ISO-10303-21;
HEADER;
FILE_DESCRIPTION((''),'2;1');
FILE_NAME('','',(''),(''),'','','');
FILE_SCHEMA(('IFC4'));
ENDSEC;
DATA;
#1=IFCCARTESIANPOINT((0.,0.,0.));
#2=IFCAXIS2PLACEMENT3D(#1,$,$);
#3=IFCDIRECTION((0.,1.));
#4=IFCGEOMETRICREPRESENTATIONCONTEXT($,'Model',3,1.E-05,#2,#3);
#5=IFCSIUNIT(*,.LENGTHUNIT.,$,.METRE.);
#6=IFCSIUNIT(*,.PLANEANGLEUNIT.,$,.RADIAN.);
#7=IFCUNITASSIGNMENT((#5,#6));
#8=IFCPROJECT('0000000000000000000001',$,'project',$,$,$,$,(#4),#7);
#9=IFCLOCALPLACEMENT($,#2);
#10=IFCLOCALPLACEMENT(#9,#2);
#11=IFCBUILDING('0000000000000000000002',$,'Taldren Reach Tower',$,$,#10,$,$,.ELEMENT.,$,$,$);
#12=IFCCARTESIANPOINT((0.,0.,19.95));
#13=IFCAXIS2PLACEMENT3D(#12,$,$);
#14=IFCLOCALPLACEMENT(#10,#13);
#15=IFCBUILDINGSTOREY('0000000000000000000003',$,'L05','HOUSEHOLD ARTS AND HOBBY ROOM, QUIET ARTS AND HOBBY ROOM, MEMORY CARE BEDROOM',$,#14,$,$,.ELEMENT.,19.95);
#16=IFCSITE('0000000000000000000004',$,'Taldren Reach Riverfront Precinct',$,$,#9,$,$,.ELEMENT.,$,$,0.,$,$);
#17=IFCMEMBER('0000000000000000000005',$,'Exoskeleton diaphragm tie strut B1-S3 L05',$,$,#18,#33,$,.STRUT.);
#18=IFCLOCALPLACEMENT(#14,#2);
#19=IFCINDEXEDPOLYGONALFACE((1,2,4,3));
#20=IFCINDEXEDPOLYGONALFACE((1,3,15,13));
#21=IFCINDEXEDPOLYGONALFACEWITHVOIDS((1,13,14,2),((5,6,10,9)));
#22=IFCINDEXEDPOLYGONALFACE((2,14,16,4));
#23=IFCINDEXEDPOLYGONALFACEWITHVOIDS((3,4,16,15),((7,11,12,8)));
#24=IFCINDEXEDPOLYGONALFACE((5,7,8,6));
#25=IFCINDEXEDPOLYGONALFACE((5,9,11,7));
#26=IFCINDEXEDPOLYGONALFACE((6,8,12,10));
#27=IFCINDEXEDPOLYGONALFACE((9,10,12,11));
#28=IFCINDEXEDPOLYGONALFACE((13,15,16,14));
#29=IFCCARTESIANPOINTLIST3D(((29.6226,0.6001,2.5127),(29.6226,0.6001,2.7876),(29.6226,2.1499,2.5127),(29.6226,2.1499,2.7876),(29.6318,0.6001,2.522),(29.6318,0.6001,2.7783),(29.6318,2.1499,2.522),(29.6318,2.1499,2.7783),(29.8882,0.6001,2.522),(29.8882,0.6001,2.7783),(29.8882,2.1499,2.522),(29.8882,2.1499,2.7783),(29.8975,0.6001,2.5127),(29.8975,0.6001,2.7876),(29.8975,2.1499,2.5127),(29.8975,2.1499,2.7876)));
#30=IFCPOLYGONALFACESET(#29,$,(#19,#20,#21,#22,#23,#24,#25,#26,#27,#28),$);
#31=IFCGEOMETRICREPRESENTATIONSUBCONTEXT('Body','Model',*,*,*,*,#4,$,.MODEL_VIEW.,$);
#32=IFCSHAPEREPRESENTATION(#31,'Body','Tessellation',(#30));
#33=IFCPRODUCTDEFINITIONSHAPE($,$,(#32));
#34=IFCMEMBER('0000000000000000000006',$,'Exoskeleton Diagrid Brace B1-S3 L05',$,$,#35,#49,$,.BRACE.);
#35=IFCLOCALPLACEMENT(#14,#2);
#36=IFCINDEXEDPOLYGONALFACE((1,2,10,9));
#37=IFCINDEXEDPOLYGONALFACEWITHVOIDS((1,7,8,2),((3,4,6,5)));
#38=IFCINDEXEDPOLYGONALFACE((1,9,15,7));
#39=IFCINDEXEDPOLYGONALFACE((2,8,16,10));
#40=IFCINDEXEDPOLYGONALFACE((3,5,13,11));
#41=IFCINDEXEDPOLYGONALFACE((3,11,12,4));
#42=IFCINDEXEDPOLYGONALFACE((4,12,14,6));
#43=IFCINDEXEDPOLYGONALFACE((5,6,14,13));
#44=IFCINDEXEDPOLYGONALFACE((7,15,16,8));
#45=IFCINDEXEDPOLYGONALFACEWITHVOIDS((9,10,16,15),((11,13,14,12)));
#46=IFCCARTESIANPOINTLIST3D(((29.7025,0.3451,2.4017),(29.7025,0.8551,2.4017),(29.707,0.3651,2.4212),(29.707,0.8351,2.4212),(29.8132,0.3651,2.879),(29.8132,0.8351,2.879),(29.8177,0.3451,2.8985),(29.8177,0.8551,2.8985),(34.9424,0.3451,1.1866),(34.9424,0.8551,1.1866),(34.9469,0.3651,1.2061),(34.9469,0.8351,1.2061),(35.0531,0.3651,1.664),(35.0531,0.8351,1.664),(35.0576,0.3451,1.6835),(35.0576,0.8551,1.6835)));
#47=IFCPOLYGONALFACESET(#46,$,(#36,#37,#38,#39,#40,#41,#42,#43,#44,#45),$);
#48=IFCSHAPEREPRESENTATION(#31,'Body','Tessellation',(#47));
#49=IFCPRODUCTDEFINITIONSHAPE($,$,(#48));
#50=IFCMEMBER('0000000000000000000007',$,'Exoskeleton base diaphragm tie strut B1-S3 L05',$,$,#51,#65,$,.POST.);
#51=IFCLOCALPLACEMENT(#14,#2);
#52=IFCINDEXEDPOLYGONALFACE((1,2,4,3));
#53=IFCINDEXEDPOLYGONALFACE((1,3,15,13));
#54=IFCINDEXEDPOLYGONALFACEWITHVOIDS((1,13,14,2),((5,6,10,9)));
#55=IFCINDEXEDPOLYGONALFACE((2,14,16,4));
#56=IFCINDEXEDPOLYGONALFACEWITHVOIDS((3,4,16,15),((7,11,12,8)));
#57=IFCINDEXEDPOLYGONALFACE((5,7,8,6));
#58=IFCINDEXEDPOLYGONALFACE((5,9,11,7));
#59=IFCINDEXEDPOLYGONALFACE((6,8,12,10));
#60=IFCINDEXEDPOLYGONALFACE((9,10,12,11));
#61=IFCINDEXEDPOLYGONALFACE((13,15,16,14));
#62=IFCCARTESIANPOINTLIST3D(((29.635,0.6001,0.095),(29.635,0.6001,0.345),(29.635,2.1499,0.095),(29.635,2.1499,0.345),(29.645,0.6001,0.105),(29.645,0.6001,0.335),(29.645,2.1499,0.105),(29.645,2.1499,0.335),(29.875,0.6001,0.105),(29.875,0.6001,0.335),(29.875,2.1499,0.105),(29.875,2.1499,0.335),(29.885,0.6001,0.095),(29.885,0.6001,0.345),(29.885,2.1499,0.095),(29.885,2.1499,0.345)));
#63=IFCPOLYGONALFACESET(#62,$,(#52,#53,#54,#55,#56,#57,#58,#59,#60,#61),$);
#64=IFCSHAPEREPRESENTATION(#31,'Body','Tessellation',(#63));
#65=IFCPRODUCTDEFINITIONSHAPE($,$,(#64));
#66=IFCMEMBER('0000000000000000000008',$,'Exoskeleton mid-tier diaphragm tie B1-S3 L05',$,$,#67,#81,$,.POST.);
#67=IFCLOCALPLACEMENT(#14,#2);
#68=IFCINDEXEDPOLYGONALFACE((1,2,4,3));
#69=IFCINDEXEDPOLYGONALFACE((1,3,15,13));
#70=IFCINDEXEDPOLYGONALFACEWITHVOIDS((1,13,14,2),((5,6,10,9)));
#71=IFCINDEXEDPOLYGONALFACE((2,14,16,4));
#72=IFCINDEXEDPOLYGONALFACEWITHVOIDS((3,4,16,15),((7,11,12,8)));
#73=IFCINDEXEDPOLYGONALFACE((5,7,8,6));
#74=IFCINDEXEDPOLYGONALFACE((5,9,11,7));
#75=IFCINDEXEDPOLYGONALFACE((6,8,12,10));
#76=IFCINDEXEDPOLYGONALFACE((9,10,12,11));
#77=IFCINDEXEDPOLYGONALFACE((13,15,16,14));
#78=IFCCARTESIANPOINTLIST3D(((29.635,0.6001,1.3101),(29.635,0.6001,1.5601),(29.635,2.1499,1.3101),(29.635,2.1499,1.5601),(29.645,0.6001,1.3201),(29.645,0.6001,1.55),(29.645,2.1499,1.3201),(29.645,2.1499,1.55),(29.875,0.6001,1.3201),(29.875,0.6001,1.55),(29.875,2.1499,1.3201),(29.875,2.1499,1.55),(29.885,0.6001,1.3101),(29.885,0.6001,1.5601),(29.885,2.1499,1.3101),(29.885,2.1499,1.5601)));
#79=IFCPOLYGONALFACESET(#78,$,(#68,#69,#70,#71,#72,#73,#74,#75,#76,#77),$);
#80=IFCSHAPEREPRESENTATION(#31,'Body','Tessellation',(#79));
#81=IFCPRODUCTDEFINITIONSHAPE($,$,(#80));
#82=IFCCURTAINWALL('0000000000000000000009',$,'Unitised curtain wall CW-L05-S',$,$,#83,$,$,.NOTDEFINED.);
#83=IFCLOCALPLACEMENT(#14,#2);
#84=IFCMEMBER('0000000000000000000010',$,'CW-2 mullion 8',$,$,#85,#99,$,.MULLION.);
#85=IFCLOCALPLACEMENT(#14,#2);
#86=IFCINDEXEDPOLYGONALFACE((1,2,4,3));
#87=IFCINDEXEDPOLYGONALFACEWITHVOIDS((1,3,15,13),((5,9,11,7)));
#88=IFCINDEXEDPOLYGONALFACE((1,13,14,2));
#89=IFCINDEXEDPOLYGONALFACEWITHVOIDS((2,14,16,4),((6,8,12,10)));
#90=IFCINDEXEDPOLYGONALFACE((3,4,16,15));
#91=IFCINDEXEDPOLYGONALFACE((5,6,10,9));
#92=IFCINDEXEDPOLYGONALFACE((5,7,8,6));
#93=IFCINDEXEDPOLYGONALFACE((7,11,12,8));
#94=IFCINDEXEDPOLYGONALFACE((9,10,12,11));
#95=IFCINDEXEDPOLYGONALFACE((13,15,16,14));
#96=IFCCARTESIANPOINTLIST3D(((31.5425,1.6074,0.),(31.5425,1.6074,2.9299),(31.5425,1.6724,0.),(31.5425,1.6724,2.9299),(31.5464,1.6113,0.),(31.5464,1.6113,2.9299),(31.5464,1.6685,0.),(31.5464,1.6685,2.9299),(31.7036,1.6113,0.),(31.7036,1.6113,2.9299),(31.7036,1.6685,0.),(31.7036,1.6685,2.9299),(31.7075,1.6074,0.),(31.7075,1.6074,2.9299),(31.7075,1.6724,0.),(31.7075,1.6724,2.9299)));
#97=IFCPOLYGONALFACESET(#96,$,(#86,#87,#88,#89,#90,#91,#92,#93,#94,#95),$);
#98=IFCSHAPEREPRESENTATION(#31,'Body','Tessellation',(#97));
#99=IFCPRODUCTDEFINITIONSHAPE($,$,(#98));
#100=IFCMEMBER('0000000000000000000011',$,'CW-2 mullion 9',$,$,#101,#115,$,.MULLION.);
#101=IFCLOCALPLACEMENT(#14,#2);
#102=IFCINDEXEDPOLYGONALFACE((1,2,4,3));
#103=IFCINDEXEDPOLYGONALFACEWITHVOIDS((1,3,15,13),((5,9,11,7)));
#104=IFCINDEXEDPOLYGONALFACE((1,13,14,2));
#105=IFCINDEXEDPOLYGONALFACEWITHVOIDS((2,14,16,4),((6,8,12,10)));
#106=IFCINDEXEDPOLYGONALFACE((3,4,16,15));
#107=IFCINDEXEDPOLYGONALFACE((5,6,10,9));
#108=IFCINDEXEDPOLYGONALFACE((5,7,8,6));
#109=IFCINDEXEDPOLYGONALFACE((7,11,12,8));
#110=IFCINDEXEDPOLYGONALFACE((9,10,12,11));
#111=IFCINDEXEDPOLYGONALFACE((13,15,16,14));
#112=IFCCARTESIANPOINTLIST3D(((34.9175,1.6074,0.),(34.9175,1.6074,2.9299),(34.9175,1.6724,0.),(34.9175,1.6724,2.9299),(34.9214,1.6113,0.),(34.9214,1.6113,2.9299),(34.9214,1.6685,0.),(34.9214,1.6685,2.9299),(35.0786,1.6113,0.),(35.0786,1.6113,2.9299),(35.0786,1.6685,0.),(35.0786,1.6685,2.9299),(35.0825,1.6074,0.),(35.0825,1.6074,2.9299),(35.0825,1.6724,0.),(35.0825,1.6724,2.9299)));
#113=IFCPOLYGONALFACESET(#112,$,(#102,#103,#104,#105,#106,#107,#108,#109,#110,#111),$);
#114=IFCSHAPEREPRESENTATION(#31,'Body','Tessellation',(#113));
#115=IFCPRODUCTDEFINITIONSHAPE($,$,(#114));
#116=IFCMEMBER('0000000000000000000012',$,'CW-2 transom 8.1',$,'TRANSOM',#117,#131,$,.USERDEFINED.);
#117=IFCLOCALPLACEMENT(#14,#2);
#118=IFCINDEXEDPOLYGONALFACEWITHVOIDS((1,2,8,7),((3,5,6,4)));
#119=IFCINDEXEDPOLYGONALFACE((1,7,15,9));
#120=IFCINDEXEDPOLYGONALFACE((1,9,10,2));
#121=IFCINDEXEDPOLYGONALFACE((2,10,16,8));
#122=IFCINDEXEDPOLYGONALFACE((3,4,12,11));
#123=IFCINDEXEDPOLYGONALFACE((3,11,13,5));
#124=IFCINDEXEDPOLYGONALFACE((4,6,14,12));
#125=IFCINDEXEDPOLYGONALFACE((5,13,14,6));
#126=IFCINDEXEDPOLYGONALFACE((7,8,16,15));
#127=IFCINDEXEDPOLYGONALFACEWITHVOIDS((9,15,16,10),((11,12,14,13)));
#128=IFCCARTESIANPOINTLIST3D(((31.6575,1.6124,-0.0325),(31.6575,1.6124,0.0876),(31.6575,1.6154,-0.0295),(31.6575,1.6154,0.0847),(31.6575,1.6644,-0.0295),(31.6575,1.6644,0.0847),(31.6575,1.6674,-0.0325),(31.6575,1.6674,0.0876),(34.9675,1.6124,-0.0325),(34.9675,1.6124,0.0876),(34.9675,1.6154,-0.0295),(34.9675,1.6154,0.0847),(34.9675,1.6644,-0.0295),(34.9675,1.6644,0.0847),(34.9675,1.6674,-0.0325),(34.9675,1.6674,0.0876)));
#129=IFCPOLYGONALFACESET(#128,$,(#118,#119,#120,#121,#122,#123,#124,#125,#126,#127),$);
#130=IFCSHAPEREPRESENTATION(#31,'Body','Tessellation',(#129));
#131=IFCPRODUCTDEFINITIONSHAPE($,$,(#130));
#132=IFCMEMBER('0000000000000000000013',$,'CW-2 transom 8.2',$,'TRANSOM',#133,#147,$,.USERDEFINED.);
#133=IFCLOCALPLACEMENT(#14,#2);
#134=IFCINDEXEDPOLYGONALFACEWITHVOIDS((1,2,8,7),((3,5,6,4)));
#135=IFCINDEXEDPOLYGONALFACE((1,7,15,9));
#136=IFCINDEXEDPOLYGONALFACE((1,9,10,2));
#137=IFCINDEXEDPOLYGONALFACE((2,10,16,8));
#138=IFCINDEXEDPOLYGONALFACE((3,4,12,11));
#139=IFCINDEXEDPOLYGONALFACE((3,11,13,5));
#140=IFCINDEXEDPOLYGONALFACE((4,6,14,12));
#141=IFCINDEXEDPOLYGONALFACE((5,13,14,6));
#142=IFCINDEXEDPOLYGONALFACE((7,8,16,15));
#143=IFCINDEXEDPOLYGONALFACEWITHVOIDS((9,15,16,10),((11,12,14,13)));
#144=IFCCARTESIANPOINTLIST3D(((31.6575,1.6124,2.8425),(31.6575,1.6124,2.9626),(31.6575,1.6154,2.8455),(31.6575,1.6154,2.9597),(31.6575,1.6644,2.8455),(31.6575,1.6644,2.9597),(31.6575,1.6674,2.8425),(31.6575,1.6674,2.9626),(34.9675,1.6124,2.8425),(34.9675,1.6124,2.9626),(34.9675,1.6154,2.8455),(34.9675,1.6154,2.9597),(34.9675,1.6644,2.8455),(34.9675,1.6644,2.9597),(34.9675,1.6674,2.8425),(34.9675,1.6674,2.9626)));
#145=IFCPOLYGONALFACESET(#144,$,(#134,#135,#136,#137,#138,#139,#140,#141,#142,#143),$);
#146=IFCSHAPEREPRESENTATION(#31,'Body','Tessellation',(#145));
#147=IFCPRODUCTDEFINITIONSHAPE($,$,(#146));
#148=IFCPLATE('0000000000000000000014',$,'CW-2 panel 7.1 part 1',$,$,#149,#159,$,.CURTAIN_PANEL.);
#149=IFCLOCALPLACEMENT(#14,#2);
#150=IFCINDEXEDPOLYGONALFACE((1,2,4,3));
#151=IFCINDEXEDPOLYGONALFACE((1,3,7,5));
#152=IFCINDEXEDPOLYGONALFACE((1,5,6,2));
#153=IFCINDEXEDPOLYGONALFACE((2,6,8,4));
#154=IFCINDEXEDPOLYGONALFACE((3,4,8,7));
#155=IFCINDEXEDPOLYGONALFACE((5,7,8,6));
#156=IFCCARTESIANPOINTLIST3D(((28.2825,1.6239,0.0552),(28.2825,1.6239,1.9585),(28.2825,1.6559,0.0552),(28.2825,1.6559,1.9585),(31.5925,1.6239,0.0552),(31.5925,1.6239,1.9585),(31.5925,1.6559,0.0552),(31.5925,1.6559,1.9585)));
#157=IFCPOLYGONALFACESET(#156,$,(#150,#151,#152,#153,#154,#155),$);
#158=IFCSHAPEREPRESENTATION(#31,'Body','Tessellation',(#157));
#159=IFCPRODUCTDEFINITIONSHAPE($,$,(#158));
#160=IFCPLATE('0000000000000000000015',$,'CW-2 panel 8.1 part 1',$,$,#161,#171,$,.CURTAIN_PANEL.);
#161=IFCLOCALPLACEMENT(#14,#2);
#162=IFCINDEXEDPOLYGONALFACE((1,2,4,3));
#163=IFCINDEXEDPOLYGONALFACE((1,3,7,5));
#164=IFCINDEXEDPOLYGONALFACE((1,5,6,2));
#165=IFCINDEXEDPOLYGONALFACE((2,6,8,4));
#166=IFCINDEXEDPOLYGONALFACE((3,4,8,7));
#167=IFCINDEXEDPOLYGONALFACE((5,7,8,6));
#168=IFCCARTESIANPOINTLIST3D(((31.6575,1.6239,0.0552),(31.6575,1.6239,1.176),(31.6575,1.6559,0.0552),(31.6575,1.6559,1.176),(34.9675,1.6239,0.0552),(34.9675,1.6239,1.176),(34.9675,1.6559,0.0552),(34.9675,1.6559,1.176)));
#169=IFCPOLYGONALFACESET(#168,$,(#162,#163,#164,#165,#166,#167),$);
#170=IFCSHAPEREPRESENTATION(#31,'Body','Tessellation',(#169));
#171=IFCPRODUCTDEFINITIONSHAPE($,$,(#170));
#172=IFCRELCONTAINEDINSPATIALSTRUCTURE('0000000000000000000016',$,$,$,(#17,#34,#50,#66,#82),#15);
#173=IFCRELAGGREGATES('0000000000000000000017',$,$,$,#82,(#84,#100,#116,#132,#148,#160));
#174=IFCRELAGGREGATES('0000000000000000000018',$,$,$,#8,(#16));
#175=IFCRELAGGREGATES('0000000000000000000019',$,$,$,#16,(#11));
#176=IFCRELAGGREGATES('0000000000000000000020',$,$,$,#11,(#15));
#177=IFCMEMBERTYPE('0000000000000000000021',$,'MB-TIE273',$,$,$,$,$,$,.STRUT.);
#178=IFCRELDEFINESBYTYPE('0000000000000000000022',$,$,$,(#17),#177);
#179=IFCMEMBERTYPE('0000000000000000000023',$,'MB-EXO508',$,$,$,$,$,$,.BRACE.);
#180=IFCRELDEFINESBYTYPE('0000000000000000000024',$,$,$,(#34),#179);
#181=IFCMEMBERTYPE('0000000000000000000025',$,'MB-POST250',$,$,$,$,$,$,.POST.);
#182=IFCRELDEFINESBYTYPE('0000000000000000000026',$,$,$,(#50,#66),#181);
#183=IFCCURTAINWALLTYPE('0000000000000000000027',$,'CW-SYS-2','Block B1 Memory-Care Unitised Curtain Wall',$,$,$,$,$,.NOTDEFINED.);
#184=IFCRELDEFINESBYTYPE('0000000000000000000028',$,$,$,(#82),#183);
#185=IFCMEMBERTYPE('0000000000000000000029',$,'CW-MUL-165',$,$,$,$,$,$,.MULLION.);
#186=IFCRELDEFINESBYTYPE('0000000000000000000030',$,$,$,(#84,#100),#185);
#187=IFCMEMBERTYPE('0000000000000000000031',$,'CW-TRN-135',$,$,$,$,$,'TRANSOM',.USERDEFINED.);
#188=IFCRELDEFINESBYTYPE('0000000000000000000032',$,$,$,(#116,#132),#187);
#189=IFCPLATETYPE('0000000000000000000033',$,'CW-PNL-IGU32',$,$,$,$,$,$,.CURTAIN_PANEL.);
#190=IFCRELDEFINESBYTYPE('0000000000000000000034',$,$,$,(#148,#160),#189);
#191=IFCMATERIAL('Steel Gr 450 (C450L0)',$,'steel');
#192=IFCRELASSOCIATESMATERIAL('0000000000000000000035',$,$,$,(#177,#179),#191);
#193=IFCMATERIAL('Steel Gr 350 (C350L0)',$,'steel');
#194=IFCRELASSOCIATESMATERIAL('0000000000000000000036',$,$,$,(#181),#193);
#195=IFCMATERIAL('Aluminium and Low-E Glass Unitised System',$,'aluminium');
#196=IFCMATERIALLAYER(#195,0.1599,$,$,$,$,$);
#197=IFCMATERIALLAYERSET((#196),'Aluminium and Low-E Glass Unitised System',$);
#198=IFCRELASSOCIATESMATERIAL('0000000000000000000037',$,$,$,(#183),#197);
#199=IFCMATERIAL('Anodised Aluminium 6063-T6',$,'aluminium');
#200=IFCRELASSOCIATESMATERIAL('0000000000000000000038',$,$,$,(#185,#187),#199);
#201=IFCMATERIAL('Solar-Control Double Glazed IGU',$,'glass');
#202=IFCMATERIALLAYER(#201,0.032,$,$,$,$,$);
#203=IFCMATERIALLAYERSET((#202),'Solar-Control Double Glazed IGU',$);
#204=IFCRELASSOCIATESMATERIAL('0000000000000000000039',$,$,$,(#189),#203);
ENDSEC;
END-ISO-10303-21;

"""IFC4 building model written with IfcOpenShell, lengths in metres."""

from ifc_helpers import new_model, si_unit, direction, frame, origin, origin_2d, place, context, subcontext, project, spatial, rectangle, hollow_rectangle, extrude, source, transform, mapped, material, layer, layer_set, material_profile, profile_set, type_object, element, aggregate, save


model = new_model("IFC4")

# Units and contexts
model_context = context("Model", 3, precision=1e-05, world=origin(), true_north=direction((0.0, 1.0)))
body_context = subcontext(model_context, "Body", "Model", "MODEL_VIEW")
ifc_project = project(units=[si_unit("LENGTHUNIT", "METRE"), si_unit("PLANEANGLEUNIT", "RADIAN")], contexts=[model_context])

# Site, building, storey
site_placement = place(None, origin())
site = spatial("IfcSite", under=ifc_project, at=site_placement, Name="Taldren Reach Riverfront Precinct", CompositionType="ELEMENT", RefElevation=0.0)
building_placement = place(site_placement, origin())
building = spatial("IfcBuilding", under=site, at=building_placement, Name="Taldren Reach Tower", CompositionType="ELEMENT")
storey_placement = place(building_placement, frame((0.0, 0.0, 19.95)))
storey = spatial("IfcBuildingStorey", under=building, at=storey_placement, Name="L05", Description="HOUSEHOLD ARTS AND HOBBY ROOM, QUIET ARTS AND HOBBY ROOM, MEMORY CARE BEDROOM", CompositionType="ELEMENT", Elevation=19.95)

# Members
ifc_material_1 = material(Name="Steel Gr 450 (C450L0)", Category="steel")
ifc_material_profile_1 = material_profile(ifc_material_1, hollow_rectangle(XDim=0.2749, YDim=0.2749, WallThickness=0.0093, at=origin_2d()), Name="275x275x9.3SHS")
ifc_profile_set_1 = profile_set([ifc_material_profile_1], Name="Steel Gr 450 (C450L0)")
member_type_1 = type_object("IfcMemberType", Name="MB-TIE273", PredefinedType="STRUT", material=ifc_profile_set_1)
shared_shape_1 = source(origin(), body_context, "Body", "SweptSolid", [
    extrude(hollow_rectangle(XDim=0.2749, YDim=0.2749, WallThickness=0.0093, at=origin_2d()), origin(), (0.0, 0.0, 1.0), 1.5498),
])
member_1_placement = place(storey_placement, frame((29.76, 2.1499, 2.6501), z_axis=(0.0, -1.0, 0.0), x_axis=(1.0, 0.0, 0.0)))
element("IfcMember", 1, at=member_1_placement, inside=storey, type_object=member_type_1, Name="Exoskeleton diaphragm tie strut B1-S3 L05", PredefinedType="STRUT", context=body_context, shape_type="MappedRepresentation", body=[
    mapped(shared_shape_1, transform((0.0, 0.0, 0.0), scale=1.0)),
])
ifc_material_profile_2 = material_profile(ifc_material_1, hollow_rectangle(XDim=0.51, YDim=0.51, WallThickness=0.02, at=origin_2d()), Name="510x510x20.0SHS")
ifc_profile_set_2 = profile_set([ifc_material_profile_2], Name="Steel Gr 450 (C450L0)")
member_type_2 = type_object("IfcMemberType", Name="MB-EXO508", PredefinedType="BRACE", material=ifc_profile_set_2)
shared_shape_2 = source(origin(), body_context, "Body", "SweptSolid", [
    extrude(hollow_rectangle(XDim=0.51, YDim=0.51, WallThickness=0.02, at=origin_2d()), origin(), (0.0, 0.0, 1.0), 5.3789),
])
member_2_placement = place(storey_placement, frame((35.0, 0.6001, 1.4351), z_axis=(-0.974152, 0.0, 0.225894), x_axis=(0.0, -1.0, 0.0)))
element("IfcMember", 2, at=member_2_placement, inside=storey, type_object=member_type_2, Name="Exoskeleton Diagrid Brace B1-S3 L05", PredefinedType="BRACE", context=body_context, shape_type="MappedRepresentation", body=[
    mapped(shared_shape_2, transform((0.0, 0.0, 0.0), scale=1.0)),
])
ifc_material_2 = material(Name="Steel Gr 350 (C350L0)", Category="steel")
ifc_material_profile_3 = material_profile(ifc_material_2, hollow_rectangle(XDim=0.25, YDim=0.25, WallThickness=0.01, at=origin_2d()), Name="250x250x10.0SHS")
ifc_profile_set_3 = profile_set([ifc_material_profile_3], Name="Steel Gr 350 (C350L0)")
member_type_3 = type_object("IfcMemberType", Name="MB-POST250", PredefinedType="POST", material=ifc_profile_set_3)
shared_shape_3 = source(origin(), body_context, "Body", "SweptSolid", [
    extrude(hollow_rectangle(XDim=0.25, YDim=0.25, WallThickness=0.01, at=origin_2d()), origin(), (0.0, 0.0, 1.0), 1.5498),
])
for number, where, z_axis, x_axis, name in (
    (3, (29.76, 2.1499, 0.22), (0.0, -1.0, 0.0), (1.0, 0.0, 0.0), "Exoskeleton base diaphragm tie strut B1-S3 L05"),
    (4, (29.76, 2.1499, 1.4351), (0.0, -1.0, 0.0), (1.0, 0.0, 0.0), "Exoskeleton mid-tier diaphragm tie B1-S3 L05"),
):
    element("IfcMember", number, at=place(storey_placement, frame(where, z_axis=z_axis, x_axis=x_axis)), inside=storey, type_object=member_type_3, Name=name, PredefinedType="POST", context=body_context, shape_type="MappedRepresentation", body=[
        mapped(shared_shape_3, transform((0.0, 0.0, 0.0), scale=1.0)),
    ])

# Curtain wall, members, plates
ifc_material_3 = material(Name="Aluminium and Low-E Glass Unitised System", Category="aluminium")
ifc_layer_1 = layer(ifc_material_3, 0.1599)
ifc_layer_set_1 = layer_set([ifc_layer_1], Name="Aluminium and Low-E Glass Unitised System")
curtain_wall_type = type_object("IfcCurtainWallType", Name="CW-SYS-2", Description="Block B1 Memory-Care Unitised Curtain Wall", PredefinedType="NOTDEFINED", material=ifc_layer_set_1)
curtain_wall_placement = place(storey_placement, origin())
curtain_wall = element("IfcCurtainWall", 5, at=curtain_wall_placement, inside=storey, type_object=curtain_wall_type, Name="Unitised curtain wall CW-L05-S", PredefinedType="NOTDEFINED")
ifc_material_4 = material(Name="Anodised Aluminium 6063-T6", Category="aluminium")
ifc_material_profile_4 = material_profile(ifc_material_4, hollow_rectangle(XDim=0.0649, YDim=0.165, WallThickness=0.0039, at=origin_2d()), Name="ALU-165x65x4RHS")
ifc_profile_set_4 = profile_set([ifc_material_profile_4], Name="Anodised Aluminium 6063-T6")
member_type_4 = type_object("IfcMemberType", Name="CW-MUL-165", PredefinedType="MULLION", material=ifc_profile_set_4)
shared_shape_4 = source(origin(), body_context, "Body", "SweptSolid", [
    extrude(hollow_rectangle(XDim=0.0649, YDim=0.165, WallThickness=0.0039, at=origin_2d()), origin(), (0.0, 0.0, 1.0), 2.9299),
])
member_3_placement = place(storey_placement, frame((31.625, 1.6399, 0.0), z_axis=(0.0, 0.0, 1.0), x_axis=(0.0, 1.0, 0.0)))
member_3 = element("IfcMember", 6, at=member_3_placement, type_object=member_type_4, Name="CW-2 mullion 8", PredefinedType="MULLION", context=body_context, shape_type="MappedRepresentation", body=[
    mapped(shared_shape_4, transform((0.0, 0.0, 0.0), scale=1.0)),
])
member_4_placement = place(storey_placement, frame((35.0, 1.6399, 0.0), z_axis=(0.0, 0.0, 1.0), x_axis=(0.0, 1.0, 0.0)))
member_4 = element("IfcMember", 7, at=member_4_placement, type_object=member_type_4, Name="CW-2 mullion 9", PredefinedType="MULLION", context=body_context, shape_type="MappedRepresentation", body=[
    mapped(shared_shape_4, transform((0.0, 0.0, 0.0), scale=1.0)),
])
ifc_material_profile_5 = material_profile(ifc_material_4, hollow_rectangle(XDim=0.0549, YDim=0.1201, WallThickness=0.0029, at=origin_2d()), Name="ALU-120x55x3RHS")
ifc_profile_set_5 = profile_set([ifc_material_profile_5], Name="Anodised Aluminium 6063-T6")
member_type_5 = type_object("IfcMemberType", Name="CW-TRN-135", ElementType="TRANSOM", PredefinedType="USERDEFINED", material=ifc_profile_set_5)
shared_shape_5 = source(origin(), body_context, "Body", "SweptSolid", [
    extrude(hollow_rectangle(XDim=0.0549, YDim=0.1201, WallThickness=0.0029, at=origin_2d()), origin(), (0.0, 0.0, 1.0), 3.3101),
])
member_5_placement = place(storey_placement, frame((31.6575, 1.6399, 0.0276), z_axis=(1.0, 0.0, 0.0), x_axis=(0.0, 1.0, 0.0)))
member_5 = element("IfcMember", 8, at=member_5_placement, type_object=member_type_5, Name="CW-2 transom 8.1", ObjectType="TRANSOM", PredefinedType="USERDEFINED", context=body_context, shape_type="MappedRepresentation", body=[
    mapped(shared_shape_5, transform((0.0, 0.0, 0.0), scale=1.0)),
])
member_6_placement = place(storey_placement, frame((31.6575, 1.6399, 2.9026), z_axis=(1.0, 0.0, 0.0), x_axis=(0.0, 1.0, 0.0)))
member_6 = element("IfcMember", 9, at=member_6_placement, type_object=member_type_5, Name="CW-2 transom 8.2", ObjectType="TRANSOM", PredefinedType="USERDEFINED", context=body_context, shape_type="MappedRepresentation", body=[
    mapped(shared_shape_5, transform((0.0, 0.0, 0.0), scale=1.0)),
])
ifc_material_5 = material(Name="Solar-Control Double Glazed IGU", Category="glass")
ifc_layer_2 = layer(ifc_material_5, 0.032)
ifc_layer_set_2 = layer_set([ifc_layer_2], Name="Solar-Control Double Glazed IGU")
plate_type = type_object("IfcPlateType", Name="CW-PNL-IGU32", PredefinedType="CURTAIN_PANEL", material=ifc_layer_set_2)
shared_shape_6 = source(origin(), body_context, "Body", "SweptSolid", [
    extrude(rectangle(XDim=3.3101, YDim=0.032, at=origin_2d()), origin(), (0.0, 0.0, 1.0), 1.9033),
])
plate_1_placement = place(storey_placement, frame((29.9375, 1.6399, 0.0552), z_axis=(0.0, 0.0, 1.0), x_axis=(1.0, 0.0, 0.0)))
plate_1 = element("IfcPlate", 10, at=plate_1_placement, type_object=plate_type, Name="CW-2 panel 7.1 part 1", PredefinedType="CURTAIN_PANEL", context=body_context, shape_type="MappedRepresentation", body=[
    mapped(shared_shape_6, transform((0.0, 0.0, 0.0), scale=1.0)),
])
shared_shape_7 = source(origin(), body_context, "Body", "SweptSolid", [
    extrude(rectangle(XDim=3.3101, YDim=0.032, at=origin_2d()), origin(), (0.0, 0.0, 1.0), 1.1208),
])
plate_2_placement = place(storey_placement, frame((33.3125, 1.6399, 0.0552), z_axis=(0.0, 0.0, 1.0), x_axis=(1.0, 0.0, 0.0)))
plate_2 = element("IfcPlate", 11, at=plate_2_placement, type_object=plate_type, Name="CW-2 panel 8.1 part 1", PredefinedType="CURTAIN_PANEL", context=body_context, shape_type="MappedRepresentation", body=[
    mapped(shared_shape_7, transform((0.0, 0.0, 0.0), scale=1.0)),
])
aggregate(curtain_wall, [member_3, member_4, member_5, member_6, plate_1, plate_2])

save(model, "model.ifc")
